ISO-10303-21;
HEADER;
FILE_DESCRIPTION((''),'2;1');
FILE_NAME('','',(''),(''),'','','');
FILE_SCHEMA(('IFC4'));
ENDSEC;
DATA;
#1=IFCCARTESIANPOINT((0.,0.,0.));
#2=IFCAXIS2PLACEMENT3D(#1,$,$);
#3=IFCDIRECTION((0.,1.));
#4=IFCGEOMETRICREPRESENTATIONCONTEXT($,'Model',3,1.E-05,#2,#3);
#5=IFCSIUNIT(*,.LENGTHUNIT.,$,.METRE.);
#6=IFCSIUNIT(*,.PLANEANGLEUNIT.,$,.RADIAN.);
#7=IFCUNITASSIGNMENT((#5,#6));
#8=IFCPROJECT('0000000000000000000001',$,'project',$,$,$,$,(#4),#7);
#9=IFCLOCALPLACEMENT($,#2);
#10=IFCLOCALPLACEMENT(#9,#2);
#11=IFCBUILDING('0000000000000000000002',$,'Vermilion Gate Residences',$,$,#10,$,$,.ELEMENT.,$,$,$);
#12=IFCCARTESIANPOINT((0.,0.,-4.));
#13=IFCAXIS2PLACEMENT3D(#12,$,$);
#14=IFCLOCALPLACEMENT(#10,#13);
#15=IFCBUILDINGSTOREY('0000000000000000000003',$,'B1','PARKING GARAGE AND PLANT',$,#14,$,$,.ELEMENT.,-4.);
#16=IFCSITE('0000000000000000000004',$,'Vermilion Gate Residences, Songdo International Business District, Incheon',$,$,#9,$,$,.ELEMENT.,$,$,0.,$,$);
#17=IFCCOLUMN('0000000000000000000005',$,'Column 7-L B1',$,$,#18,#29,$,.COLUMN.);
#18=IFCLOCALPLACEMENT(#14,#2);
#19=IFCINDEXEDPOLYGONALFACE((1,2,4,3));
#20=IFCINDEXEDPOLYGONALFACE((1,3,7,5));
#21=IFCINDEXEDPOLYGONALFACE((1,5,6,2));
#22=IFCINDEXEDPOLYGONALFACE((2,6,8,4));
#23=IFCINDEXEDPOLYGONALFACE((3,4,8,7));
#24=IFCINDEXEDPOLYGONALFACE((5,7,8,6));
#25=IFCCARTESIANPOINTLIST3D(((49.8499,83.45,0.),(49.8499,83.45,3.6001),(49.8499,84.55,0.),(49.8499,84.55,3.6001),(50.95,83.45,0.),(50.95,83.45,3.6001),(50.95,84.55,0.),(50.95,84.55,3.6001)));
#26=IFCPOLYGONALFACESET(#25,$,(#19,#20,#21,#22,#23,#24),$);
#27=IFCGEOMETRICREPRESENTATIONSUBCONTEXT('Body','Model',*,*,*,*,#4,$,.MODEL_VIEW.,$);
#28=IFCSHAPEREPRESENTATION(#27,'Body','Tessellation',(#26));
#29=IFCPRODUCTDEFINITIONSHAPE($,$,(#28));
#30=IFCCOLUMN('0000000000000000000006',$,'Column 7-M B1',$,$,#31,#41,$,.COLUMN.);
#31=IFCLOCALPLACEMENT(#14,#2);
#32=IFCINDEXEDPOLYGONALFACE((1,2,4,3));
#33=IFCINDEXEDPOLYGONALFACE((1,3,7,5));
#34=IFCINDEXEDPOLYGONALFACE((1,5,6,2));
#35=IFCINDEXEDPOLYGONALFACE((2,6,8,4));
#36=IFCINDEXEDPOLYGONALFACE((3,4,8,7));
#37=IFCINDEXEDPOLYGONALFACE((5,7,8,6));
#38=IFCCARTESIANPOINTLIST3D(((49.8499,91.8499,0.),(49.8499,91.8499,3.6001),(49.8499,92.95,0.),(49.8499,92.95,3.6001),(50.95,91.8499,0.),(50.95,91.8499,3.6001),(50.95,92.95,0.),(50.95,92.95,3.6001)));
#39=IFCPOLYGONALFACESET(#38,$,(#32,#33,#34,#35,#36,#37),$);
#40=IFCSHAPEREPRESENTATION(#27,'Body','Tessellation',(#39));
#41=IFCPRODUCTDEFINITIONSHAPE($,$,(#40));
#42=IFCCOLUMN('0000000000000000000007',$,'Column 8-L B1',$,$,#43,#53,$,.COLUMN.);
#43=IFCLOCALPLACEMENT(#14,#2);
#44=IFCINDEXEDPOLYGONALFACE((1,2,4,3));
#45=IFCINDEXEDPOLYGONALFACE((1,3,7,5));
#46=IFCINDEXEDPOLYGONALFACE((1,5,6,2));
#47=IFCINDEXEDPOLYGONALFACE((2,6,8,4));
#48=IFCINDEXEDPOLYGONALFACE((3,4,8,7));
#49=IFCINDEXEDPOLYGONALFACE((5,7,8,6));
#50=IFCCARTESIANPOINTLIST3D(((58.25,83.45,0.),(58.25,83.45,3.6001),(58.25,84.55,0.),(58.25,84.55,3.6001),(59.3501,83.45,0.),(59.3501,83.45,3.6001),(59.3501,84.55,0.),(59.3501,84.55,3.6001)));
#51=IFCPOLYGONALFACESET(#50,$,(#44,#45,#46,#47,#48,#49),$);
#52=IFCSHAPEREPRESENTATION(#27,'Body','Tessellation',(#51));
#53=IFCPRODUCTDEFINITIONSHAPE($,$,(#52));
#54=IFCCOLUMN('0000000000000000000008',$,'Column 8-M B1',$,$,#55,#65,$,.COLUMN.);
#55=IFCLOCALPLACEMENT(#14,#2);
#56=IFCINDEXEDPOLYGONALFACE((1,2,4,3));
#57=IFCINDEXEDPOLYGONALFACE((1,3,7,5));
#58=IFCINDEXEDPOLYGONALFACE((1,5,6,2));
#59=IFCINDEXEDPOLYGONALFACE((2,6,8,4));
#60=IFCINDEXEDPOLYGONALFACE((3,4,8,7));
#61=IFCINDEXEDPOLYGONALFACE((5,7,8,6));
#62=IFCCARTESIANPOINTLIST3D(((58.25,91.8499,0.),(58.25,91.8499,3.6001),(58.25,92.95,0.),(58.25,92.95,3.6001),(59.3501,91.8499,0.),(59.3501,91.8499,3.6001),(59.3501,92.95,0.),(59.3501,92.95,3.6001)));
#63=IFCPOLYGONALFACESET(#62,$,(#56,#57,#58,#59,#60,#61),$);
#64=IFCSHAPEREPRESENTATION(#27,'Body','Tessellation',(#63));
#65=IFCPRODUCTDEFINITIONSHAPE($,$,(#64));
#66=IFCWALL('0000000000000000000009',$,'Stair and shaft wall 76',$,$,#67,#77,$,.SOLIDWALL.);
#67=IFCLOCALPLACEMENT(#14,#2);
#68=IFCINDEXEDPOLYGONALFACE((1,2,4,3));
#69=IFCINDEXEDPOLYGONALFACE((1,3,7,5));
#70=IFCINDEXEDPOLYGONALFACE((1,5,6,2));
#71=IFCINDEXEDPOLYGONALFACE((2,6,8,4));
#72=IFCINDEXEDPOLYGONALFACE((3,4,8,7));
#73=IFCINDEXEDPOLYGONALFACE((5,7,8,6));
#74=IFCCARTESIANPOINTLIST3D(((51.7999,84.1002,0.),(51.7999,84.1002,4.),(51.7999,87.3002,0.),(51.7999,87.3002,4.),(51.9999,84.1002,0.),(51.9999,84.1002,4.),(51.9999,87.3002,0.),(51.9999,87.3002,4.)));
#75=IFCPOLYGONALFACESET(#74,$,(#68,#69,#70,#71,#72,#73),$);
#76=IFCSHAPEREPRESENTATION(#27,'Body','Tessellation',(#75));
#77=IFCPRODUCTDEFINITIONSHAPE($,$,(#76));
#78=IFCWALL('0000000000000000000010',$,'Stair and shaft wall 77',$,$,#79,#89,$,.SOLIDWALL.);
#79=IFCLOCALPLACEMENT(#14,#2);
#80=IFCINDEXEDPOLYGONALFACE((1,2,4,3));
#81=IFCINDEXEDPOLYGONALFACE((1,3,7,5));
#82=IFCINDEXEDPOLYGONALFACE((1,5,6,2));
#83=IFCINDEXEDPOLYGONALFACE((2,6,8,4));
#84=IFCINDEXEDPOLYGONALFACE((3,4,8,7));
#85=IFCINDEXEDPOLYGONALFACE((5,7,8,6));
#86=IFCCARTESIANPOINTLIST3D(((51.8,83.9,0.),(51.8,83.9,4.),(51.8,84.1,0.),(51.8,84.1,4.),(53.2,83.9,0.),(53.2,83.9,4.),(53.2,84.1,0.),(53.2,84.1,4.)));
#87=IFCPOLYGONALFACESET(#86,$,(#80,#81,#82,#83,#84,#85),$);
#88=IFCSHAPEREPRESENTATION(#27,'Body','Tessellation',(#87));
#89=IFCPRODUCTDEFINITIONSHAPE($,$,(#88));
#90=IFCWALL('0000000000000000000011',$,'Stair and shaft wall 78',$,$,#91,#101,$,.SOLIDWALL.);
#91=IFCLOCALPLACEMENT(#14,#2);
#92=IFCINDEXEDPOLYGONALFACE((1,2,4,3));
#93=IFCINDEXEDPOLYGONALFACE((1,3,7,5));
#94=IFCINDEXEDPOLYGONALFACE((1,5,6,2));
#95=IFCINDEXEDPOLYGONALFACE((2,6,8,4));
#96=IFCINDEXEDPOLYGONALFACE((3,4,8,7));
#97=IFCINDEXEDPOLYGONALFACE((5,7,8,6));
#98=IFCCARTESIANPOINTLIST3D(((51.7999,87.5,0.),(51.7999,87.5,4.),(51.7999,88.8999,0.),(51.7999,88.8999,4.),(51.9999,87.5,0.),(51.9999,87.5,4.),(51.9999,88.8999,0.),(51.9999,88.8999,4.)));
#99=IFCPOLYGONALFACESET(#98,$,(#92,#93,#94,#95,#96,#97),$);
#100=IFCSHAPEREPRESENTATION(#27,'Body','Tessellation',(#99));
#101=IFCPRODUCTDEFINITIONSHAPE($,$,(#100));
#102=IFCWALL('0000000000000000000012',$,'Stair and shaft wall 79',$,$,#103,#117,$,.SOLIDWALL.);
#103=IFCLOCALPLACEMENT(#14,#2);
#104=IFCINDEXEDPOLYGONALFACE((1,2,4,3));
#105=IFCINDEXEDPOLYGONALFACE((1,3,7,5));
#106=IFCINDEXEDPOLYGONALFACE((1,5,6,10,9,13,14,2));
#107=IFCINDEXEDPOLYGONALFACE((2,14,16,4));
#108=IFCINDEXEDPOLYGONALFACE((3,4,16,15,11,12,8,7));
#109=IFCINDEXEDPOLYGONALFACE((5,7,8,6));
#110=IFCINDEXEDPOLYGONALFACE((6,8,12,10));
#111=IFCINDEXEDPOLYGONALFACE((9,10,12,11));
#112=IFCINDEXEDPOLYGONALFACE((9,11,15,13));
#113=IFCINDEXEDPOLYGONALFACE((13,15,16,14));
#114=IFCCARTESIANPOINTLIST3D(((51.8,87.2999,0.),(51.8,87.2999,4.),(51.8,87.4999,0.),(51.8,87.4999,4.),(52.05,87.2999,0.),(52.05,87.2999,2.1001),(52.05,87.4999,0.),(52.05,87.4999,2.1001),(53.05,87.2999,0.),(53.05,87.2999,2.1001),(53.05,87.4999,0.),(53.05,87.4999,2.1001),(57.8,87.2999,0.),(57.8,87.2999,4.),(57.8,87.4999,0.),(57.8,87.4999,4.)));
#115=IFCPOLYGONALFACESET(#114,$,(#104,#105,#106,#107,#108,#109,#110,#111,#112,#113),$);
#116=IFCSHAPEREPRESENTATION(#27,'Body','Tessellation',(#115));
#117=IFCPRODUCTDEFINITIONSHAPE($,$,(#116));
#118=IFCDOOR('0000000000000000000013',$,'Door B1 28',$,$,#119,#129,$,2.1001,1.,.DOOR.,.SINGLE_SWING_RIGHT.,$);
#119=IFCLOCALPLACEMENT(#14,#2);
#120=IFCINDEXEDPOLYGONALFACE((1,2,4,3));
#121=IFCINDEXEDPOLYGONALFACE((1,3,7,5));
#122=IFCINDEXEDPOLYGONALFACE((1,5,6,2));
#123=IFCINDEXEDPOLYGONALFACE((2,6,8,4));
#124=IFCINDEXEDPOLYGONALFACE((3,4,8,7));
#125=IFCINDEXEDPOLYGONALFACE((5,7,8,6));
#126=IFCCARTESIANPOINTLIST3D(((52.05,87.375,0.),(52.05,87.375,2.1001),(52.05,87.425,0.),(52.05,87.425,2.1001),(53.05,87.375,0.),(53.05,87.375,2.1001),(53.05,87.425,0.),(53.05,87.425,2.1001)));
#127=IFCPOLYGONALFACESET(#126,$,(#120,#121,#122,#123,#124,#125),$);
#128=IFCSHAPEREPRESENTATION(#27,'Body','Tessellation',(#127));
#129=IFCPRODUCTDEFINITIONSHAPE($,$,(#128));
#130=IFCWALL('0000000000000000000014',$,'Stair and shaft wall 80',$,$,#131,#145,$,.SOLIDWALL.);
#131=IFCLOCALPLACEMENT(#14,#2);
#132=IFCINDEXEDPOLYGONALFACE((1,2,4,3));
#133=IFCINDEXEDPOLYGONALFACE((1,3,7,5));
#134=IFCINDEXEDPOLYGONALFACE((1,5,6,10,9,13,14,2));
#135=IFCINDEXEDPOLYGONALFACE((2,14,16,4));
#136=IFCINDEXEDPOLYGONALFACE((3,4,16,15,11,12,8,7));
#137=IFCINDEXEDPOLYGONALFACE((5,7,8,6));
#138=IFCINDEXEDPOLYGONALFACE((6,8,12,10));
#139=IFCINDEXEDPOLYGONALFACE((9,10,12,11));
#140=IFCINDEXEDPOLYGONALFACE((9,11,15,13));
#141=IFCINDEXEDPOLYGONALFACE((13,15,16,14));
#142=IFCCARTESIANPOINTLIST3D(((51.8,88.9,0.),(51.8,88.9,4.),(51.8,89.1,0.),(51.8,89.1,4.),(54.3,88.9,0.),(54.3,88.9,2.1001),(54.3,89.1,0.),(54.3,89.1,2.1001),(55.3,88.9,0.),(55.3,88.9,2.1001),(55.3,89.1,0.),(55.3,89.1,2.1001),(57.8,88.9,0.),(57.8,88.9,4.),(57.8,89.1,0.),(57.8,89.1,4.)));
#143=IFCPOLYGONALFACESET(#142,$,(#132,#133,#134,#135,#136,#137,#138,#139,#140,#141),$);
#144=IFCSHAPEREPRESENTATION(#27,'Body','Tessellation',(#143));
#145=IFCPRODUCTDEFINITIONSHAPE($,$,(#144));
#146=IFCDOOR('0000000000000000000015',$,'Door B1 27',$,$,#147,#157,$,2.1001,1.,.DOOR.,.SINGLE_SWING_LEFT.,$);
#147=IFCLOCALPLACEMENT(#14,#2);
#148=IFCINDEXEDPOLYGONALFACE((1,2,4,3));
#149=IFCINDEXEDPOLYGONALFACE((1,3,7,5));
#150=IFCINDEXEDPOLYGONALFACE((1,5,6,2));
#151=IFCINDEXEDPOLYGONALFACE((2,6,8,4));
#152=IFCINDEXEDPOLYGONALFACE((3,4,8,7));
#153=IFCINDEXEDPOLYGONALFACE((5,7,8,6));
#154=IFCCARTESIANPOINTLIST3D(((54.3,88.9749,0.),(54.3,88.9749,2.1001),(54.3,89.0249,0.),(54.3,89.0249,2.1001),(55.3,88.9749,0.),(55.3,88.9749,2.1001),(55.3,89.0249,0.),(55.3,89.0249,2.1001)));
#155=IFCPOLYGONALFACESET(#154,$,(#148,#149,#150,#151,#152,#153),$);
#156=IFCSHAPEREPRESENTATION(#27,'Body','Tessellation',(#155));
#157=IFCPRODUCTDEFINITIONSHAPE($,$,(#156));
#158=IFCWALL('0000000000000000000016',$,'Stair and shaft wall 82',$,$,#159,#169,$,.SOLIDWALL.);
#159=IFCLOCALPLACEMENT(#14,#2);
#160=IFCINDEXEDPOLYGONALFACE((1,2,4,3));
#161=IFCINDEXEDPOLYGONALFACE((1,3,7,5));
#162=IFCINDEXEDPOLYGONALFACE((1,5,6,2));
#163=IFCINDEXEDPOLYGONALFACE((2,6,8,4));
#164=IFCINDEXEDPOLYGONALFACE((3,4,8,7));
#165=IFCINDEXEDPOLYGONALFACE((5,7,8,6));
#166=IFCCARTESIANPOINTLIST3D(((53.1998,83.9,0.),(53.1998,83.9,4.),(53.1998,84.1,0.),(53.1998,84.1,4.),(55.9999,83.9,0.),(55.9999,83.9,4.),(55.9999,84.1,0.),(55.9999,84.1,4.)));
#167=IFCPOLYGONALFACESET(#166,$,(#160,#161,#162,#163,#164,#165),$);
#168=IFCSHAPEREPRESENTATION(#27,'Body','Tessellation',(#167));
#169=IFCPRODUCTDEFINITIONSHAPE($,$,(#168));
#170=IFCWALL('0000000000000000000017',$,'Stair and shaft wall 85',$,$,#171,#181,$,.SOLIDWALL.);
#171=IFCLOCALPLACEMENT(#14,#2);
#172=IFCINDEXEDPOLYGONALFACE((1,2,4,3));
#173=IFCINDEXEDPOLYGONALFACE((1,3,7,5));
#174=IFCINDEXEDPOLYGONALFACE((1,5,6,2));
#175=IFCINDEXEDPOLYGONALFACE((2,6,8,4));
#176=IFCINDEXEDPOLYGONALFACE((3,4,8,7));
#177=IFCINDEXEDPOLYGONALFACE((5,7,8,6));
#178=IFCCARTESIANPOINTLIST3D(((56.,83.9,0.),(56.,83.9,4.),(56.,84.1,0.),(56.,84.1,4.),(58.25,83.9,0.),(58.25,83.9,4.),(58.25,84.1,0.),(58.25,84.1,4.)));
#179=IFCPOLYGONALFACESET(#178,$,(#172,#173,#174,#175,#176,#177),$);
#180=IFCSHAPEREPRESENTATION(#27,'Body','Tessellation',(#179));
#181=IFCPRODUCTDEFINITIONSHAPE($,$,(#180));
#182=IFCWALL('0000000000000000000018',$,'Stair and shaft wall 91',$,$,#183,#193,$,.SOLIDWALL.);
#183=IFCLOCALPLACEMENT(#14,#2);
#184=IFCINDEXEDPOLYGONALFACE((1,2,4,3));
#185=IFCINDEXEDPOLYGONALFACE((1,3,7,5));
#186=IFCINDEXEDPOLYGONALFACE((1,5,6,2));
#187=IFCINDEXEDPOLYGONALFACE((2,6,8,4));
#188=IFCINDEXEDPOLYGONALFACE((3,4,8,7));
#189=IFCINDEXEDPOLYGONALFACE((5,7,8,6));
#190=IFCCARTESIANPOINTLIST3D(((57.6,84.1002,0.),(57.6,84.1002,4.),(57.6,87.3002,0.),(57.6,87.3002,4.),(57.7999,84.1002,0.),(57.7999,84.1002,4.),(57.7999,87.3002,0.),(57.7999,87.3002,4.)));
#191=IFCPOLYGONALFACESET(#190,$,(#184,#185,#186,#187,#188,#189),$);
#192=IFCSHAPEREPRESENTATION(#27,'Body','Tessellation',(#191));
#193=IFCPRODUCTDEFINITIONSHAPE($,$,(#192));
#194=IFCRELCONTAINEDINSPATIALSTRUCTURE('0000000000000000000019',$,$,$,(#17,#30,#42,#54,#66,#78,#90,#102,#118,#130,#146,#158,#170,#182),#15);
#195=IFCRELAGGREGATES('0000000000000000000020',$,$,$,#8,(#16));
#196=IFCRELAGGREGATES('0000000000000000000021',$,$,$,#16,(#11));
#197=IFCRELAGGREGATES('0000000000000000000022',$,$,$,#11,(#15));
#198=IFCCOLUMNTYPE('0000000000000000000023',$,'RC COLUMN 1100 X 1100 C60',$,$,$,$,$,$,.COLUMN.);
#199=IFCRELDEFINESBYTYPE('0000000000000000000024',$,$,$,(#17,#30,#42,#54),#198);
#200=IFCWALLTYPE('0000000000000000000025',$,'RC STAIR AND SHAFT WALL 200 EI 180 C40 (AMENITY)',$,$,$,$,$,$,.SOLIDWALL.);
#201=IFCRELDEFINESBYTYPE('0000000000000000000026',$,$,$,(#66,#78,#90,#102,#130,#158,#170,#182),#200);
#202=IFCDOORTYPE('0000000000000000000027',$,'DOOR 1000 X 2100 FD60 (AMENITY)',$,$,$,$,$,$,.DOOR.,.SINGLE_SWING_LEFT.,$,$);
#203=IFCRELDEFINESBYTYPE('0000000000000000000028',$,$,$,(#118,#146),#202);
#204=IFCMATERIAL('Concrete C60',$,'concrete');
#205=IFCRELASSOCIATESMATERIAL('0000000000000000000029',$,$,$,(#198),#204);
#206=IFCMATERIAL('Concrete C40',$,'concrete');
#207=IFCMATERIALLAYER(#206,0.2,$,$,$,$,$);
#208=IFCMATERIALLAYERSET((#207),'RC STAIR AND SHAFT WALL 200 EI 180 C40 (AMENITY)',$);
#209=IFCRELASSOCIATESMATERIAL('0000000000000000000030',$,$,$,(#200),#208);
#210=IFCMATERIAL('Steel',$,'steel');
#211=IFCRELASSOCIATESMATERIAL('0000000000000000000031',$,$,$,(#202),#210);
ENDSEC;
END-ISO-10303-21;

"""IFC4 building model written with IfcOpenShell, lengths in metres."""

from ifc_helpers import new_model, si_unit, direction, frame, frame_2d, origin, origin_2d, place, context, subcontext, project, spatial, rectangle, extrude, material, layer, layer_set, material_profile, profile_set, type_object, element, fill, save


model = new_model("IFC4")

# Units and contexts
model_context = context("Model", 3, precision=1e-05, world=origin(), true_north=direction((0.0, 1.0)))
body_context = subcontext(model_context, "Body", "Model", "MODEL_VIEW")
ifc_project = project(units=[si_unit("LENGTHUNIT", "METRE"), si_unit("PLANEANGLEUNIT", "RADIAN")], contexts=[model_context])

# Site, building, storey
site_placement = place(None, origin())
site = spatial("IfcSite", under=ifc_project, at=site_placement, Name="Vermilion Gate Residences, Songdo International Business District, Incheon", CompositionType="ELEMENT", RefElevation=0.0)
building_placement = place(site_placement, origin())
building = spatial("IfcBuilding", under=site, at=building_placement, Name="Vermilion Gate Residences", CompositionType="ELEMENT")
storey_placement = place(building_placement, frame((0.0, 0.0, -4.0)))
storey = spatial("IfcBuildingStorey", under=building, at=storey_placement, Name="B1", Description="PARKING GARAGE AND PLANT", CompositionType="ELEMENT", Elevation=-4.0)

# Columns
ifc_material_1 = material(Name="Concrete C60", Category="concrete")
ifc_material_profile = material_profile(ifc_material_1, rectangle(XDim=1.1001, YDim=1.1001, at=origin_2d()), Name="RC-1100x1100")
ifc_profile_set = profile_set([ifc_material_profile], Name="Concrete C60")
column_type = type_object("IfcColumnType", Name="RC COLUMN 1100 X 1100 C60", PredefinedType="COLUMN", material=ifc_profile_set)
for number, where, z_axis, x_axis, name in (
    (1, (50.3999, 84.0, 0.0), (0.0, 0.0, 1.0), (1.0, 0.0, 0.0), "Column 7-L B1"),
    (2, (50.3999, 92.3999, 0.0), (0.0, 0.0, 1.0), (1.0, 0.0, 0.0), "Column 7-M B1"),
    (3, (58.8, 84.0, 0.0), (0.0, 0.0, 1.0), (1.0, 0.0, 0.0), "Column 8-L B1"),
    (4, (58.8, 92.3999, 0.0), (0.0, 0.0, 1.0), (1.0, 0.0, 0.0), "Column 8-M B1"),
):
    element("IfcColumn", number, at=place(storey_placement, frame(where, z_axis=z_axis, x_axis=x_axis)), inside=storey, type_object=column_type, Name=name, PredefinedType="COLUMN", context=body_context, shape_type="SweptSolid", body=[
        extrude(rectangle(XDim=1.1001, YDim=1.1001, at=origin_2d()), origin(), (0.0, 0.0, 1.0), 3.6001),
    ])

# Walls
ifc_material_2 = material(Name="Concrete C40", Category="concrete")
ifc_layer = layer(ifc_material_2, 0.2)
ifc_layer_set = layer_set([ifc_layer], Name="RC STAIR AND SHAFT WALL 200 EI 180 C40 (AMENITY)")
wall_type = type_object("IfcWallType", Name="RC STAIR AND SHAFT WALL 200 EI 180 C40 (AMENITY)", PredefinedType="SOLIDWALL", material=ifc_layer_set)
wall_1_placement = place(storey_placement, frame((51.8999, 84.1001, 0.0), z_axis=(0.0, 0.0, 1.0), x_axis=(0.0, 1.0, 0.0)))
element("IfcWall", 5, at=wall_1_placement, inside=storey, type_object=wall_type, Name="Stair and shaft wall 76", PredefinedType="SOLIDWALL", context=body_context, shape_type="SweptSolid", body=[
    extrude(rectangle(XDim=3.2, YDim=0.2, at=frame_2d((1.6001, 0.0))), origin(), (0.0, 0.0, 1.0), 4.0),
])
for number, where, z_axis, x_axis, name in (
    (6, (51.8, 84.0, 0.0), (0.0, 0.0, 1.0), (1.0, 0.0, 0.0), "Stair and shaft wall 77"),
    (7, (51.8999, 87.5, 0.0), (0.0, 0.0, 1.0), (0.0, 1.0, 0.0), "Stair and shaft wall 78"),
):
    element("IfcWall", number, at=place(storey_placement, frame(where, z_axis=z_axis, x_axis=x_axis)), inside=storey, type_object=wall_type, Name=name, PredefinedType="SOLIDWALL", context=body_context, shape_type="SweptSolid", body=[
        extrude(rectangle(XDim=1.3999, YDim=0.2, at=frame_2d((0.7, 0.0))), origin(), (0.0, 0.0, 1.0), 4.0),
    ])

# Walls, openings, doors
wall_2_placement = place(storey_placement, frame((51.8, 87.3999, 0.0), z_axis=(0.0, 0.0, 1.0), x_axis=(1.0, 0.0, 0.0)))
wall_2 = element("IfcWall", 8, at=wall_2_placement, inside=storey, type_object=wall_type, Name="Stair and shaft wall 79", PredefinedType="SOLIDWALL", context=body_context, shape_type="SweptSolid", body=[
    extrude(rectangle(XDim=6.0, YDim=0.2, at=frame_2d((3.0, 0.0))), origin(), (0.0, 0.0, 1.0), 4.0),
])
opening_1_placement = place(wall_2_placement, frame((0.25, 0.0, 0.0)))
opening_1 = element("IfcOpeningElement", 9, at=opening_1_placement, cuts=wall_2, PredefinedType="OPENING", context=body_context, shape_type="SweptSolid", body=[
    extrude(rectangle(XDim=1.0, YDim=2.1001, at=frame_2d((0.5, 1.05))), frame((0.0, 0.1099, 0.0), z_axis=(0.0, -1.0, 0.0), x_axis=(1.0, 0.0, 0.0)), (0.0, 0.0, 1.0), 0.22),
])
ifc_material_3 = material(Name="Steel", Category="steel")
door_type = type_object("IfcDoorType", Name="DOOR 1000 X 2100 FD60 (AMENITY)", OperationType="SINGLE_SWING_LEFT", PredefinedType="DOOR", material=ifc_material_3)
door_1_placement = place(opening_1_placement, frame((1.0, 0.0, 0.0), z_axis=(0.0, 0.0, 1.0), x_axis=(-1.0, 0.0, 0.0)))
door_1 = element("IfcDoor", 10, at=door_1_placement, inside=storey, type_object=door_type, Name="Door B1 28", OperationType="SINGLE_SWING_RIGHT", OverallHeight=2.1001, OverallWidth=1.0, PredefinedType="DOOR", context=body_context, shape_type="SweptSolid", body=[
    extrude(rectangle(XDim=1.0, YDim=2.1001, at=frame_2d((0.5, 1.05))), frame((0.0, 0.0249, 0.0), z_axis=(0.0, -1.0, 0.0), x_axis=(1.0, 0.0, 0.0)), (0.0, 0.0, 1.0), 0.05),
])
fill(opening_1, door_1)
wall_3_placement = place(storey_placement, frame((51.8, 89.0, 0.0), z_axis=(0.0, 0.0, 1.0), x_axis=(1.0, 0.0, 0.0)))
wall_3 = element("IfcWall", 11, at=wall_3_placement, inside=storey, type_object=wall_type, Name="Stair and shaft wall 80", PredefinedType="SOLIDWALL", context=body_context, shape_type="SweptSolid", body=[
    extrude(rectangle(XDim=6.0, YDim=0.2, at=frame_2d((3.0, 0.0))), origin(), (0.0, 0.0, 1.0), 4.0),
])
opening_2_placement = place(wall_3_placement, frame((2.5, 0.0, 0.0)))
opening_2 = element("IfcOpeningElement", 12, at=opening_2_placement, cuts=wall_3, PredefinedType="OPENING", context=body_context, shape_type="SweptSolid", body=[
    extrude(rectangle(XDim=1.0, YDim=2.1001, at=frame_2d((0.5, 1.05))), frame((0.0, 0.1099, 0.0), z_axis=(0.0, -1.0, 0.0), x_axis=(1.0, 0.0, 0.0)), (0.0, 0.0, 1.0), 0.22),
])
door_2_placement = place(opening_2_placement, origin())
door_2 = element("IfcDoor", 13, at=door_2_placement, inside=storey, type_object=door_type, Name="Door B1 27", OperationType="SINGLE_SWING_LEFT", OverallHeight=2.1001, OverallWidth=1.0, PredefinedType="DOOR", context=body_context, shape_type="SweptSolid", body=[
    extrude(rectangle(XDim=1.0, YDim=2.1001, at=frame_2d((0.5, 1.05))), frame((0.0, 0.0249, 0.0), z_axis=(0.0, -1.0, 0.0), x_axis=(1.0, 0.0, 0.0)), (0.0, 0.0, 1.0), 0.05),
])
fill(opening_2, door_2)

# Walls
wall_4_placement = place(storey_placement, frame((53.2, 84.0, 0.0), z_axis=(0.0, 0.0, 1.0), x_axis=(1.0, 0.0, 0.0)))
element("IfcWall", 14, at=wall_4_placement, inside=storey, type_object=wall_type, Name="Stair and shaft wall 82", PredefinedType="SOLIDWALL", context=body_context, shape_type="SweptSolid", body=[
    extrude(rectangle(XDim=2.8, YDim=0.2, at=frame_2d((1.3999, 0.0))), origin(), (0.0, 0.0, 1.0), 4.0),
])
wall_5_placement = place(storey_placement, frame((56.0, 84.0, 0.0), z_axis=(0.0, 0.0, 1.0), x_axis=(1.0, 0.0, 0.0)))
element("IfcWall", 15, at=wall_5_placement, inside=storey, type_object=wall_type, Name="Stair and shaft wall 85", PredefinedType="SOLIDWALL", context=body_context, shape_type="SweptSolid", body=[
    extrude(rectangle(XDim=2.25, YDim=0.2, at=frame_2d((1.125, 0.0))), origin(), (0.0, 0.0, 1.0), 4.0),
])
wall_6_placement = place(storey_placement, frame((57.7, 84.1001, 0.0), z_axis=(0.0, 0.0, 1.0), x_axis=(0.0, 1.0, 0.0)))
element("IfcWall", 16, at=wall_6_placement, inside=storey, type_object=wall_type, Name="Stair and shaft wall 91", PredefinedType="SOLIDWALL", context=body_context, shape_type="SweptSolid", body=[
    extrude(rectangle(XDim=3.2, YDim=0.2, at=frame_2d((1.6001, 0.0))), origin(), (0.0, 0.0, 1.0), 4.0),
])

save(model, "model.ifc")
